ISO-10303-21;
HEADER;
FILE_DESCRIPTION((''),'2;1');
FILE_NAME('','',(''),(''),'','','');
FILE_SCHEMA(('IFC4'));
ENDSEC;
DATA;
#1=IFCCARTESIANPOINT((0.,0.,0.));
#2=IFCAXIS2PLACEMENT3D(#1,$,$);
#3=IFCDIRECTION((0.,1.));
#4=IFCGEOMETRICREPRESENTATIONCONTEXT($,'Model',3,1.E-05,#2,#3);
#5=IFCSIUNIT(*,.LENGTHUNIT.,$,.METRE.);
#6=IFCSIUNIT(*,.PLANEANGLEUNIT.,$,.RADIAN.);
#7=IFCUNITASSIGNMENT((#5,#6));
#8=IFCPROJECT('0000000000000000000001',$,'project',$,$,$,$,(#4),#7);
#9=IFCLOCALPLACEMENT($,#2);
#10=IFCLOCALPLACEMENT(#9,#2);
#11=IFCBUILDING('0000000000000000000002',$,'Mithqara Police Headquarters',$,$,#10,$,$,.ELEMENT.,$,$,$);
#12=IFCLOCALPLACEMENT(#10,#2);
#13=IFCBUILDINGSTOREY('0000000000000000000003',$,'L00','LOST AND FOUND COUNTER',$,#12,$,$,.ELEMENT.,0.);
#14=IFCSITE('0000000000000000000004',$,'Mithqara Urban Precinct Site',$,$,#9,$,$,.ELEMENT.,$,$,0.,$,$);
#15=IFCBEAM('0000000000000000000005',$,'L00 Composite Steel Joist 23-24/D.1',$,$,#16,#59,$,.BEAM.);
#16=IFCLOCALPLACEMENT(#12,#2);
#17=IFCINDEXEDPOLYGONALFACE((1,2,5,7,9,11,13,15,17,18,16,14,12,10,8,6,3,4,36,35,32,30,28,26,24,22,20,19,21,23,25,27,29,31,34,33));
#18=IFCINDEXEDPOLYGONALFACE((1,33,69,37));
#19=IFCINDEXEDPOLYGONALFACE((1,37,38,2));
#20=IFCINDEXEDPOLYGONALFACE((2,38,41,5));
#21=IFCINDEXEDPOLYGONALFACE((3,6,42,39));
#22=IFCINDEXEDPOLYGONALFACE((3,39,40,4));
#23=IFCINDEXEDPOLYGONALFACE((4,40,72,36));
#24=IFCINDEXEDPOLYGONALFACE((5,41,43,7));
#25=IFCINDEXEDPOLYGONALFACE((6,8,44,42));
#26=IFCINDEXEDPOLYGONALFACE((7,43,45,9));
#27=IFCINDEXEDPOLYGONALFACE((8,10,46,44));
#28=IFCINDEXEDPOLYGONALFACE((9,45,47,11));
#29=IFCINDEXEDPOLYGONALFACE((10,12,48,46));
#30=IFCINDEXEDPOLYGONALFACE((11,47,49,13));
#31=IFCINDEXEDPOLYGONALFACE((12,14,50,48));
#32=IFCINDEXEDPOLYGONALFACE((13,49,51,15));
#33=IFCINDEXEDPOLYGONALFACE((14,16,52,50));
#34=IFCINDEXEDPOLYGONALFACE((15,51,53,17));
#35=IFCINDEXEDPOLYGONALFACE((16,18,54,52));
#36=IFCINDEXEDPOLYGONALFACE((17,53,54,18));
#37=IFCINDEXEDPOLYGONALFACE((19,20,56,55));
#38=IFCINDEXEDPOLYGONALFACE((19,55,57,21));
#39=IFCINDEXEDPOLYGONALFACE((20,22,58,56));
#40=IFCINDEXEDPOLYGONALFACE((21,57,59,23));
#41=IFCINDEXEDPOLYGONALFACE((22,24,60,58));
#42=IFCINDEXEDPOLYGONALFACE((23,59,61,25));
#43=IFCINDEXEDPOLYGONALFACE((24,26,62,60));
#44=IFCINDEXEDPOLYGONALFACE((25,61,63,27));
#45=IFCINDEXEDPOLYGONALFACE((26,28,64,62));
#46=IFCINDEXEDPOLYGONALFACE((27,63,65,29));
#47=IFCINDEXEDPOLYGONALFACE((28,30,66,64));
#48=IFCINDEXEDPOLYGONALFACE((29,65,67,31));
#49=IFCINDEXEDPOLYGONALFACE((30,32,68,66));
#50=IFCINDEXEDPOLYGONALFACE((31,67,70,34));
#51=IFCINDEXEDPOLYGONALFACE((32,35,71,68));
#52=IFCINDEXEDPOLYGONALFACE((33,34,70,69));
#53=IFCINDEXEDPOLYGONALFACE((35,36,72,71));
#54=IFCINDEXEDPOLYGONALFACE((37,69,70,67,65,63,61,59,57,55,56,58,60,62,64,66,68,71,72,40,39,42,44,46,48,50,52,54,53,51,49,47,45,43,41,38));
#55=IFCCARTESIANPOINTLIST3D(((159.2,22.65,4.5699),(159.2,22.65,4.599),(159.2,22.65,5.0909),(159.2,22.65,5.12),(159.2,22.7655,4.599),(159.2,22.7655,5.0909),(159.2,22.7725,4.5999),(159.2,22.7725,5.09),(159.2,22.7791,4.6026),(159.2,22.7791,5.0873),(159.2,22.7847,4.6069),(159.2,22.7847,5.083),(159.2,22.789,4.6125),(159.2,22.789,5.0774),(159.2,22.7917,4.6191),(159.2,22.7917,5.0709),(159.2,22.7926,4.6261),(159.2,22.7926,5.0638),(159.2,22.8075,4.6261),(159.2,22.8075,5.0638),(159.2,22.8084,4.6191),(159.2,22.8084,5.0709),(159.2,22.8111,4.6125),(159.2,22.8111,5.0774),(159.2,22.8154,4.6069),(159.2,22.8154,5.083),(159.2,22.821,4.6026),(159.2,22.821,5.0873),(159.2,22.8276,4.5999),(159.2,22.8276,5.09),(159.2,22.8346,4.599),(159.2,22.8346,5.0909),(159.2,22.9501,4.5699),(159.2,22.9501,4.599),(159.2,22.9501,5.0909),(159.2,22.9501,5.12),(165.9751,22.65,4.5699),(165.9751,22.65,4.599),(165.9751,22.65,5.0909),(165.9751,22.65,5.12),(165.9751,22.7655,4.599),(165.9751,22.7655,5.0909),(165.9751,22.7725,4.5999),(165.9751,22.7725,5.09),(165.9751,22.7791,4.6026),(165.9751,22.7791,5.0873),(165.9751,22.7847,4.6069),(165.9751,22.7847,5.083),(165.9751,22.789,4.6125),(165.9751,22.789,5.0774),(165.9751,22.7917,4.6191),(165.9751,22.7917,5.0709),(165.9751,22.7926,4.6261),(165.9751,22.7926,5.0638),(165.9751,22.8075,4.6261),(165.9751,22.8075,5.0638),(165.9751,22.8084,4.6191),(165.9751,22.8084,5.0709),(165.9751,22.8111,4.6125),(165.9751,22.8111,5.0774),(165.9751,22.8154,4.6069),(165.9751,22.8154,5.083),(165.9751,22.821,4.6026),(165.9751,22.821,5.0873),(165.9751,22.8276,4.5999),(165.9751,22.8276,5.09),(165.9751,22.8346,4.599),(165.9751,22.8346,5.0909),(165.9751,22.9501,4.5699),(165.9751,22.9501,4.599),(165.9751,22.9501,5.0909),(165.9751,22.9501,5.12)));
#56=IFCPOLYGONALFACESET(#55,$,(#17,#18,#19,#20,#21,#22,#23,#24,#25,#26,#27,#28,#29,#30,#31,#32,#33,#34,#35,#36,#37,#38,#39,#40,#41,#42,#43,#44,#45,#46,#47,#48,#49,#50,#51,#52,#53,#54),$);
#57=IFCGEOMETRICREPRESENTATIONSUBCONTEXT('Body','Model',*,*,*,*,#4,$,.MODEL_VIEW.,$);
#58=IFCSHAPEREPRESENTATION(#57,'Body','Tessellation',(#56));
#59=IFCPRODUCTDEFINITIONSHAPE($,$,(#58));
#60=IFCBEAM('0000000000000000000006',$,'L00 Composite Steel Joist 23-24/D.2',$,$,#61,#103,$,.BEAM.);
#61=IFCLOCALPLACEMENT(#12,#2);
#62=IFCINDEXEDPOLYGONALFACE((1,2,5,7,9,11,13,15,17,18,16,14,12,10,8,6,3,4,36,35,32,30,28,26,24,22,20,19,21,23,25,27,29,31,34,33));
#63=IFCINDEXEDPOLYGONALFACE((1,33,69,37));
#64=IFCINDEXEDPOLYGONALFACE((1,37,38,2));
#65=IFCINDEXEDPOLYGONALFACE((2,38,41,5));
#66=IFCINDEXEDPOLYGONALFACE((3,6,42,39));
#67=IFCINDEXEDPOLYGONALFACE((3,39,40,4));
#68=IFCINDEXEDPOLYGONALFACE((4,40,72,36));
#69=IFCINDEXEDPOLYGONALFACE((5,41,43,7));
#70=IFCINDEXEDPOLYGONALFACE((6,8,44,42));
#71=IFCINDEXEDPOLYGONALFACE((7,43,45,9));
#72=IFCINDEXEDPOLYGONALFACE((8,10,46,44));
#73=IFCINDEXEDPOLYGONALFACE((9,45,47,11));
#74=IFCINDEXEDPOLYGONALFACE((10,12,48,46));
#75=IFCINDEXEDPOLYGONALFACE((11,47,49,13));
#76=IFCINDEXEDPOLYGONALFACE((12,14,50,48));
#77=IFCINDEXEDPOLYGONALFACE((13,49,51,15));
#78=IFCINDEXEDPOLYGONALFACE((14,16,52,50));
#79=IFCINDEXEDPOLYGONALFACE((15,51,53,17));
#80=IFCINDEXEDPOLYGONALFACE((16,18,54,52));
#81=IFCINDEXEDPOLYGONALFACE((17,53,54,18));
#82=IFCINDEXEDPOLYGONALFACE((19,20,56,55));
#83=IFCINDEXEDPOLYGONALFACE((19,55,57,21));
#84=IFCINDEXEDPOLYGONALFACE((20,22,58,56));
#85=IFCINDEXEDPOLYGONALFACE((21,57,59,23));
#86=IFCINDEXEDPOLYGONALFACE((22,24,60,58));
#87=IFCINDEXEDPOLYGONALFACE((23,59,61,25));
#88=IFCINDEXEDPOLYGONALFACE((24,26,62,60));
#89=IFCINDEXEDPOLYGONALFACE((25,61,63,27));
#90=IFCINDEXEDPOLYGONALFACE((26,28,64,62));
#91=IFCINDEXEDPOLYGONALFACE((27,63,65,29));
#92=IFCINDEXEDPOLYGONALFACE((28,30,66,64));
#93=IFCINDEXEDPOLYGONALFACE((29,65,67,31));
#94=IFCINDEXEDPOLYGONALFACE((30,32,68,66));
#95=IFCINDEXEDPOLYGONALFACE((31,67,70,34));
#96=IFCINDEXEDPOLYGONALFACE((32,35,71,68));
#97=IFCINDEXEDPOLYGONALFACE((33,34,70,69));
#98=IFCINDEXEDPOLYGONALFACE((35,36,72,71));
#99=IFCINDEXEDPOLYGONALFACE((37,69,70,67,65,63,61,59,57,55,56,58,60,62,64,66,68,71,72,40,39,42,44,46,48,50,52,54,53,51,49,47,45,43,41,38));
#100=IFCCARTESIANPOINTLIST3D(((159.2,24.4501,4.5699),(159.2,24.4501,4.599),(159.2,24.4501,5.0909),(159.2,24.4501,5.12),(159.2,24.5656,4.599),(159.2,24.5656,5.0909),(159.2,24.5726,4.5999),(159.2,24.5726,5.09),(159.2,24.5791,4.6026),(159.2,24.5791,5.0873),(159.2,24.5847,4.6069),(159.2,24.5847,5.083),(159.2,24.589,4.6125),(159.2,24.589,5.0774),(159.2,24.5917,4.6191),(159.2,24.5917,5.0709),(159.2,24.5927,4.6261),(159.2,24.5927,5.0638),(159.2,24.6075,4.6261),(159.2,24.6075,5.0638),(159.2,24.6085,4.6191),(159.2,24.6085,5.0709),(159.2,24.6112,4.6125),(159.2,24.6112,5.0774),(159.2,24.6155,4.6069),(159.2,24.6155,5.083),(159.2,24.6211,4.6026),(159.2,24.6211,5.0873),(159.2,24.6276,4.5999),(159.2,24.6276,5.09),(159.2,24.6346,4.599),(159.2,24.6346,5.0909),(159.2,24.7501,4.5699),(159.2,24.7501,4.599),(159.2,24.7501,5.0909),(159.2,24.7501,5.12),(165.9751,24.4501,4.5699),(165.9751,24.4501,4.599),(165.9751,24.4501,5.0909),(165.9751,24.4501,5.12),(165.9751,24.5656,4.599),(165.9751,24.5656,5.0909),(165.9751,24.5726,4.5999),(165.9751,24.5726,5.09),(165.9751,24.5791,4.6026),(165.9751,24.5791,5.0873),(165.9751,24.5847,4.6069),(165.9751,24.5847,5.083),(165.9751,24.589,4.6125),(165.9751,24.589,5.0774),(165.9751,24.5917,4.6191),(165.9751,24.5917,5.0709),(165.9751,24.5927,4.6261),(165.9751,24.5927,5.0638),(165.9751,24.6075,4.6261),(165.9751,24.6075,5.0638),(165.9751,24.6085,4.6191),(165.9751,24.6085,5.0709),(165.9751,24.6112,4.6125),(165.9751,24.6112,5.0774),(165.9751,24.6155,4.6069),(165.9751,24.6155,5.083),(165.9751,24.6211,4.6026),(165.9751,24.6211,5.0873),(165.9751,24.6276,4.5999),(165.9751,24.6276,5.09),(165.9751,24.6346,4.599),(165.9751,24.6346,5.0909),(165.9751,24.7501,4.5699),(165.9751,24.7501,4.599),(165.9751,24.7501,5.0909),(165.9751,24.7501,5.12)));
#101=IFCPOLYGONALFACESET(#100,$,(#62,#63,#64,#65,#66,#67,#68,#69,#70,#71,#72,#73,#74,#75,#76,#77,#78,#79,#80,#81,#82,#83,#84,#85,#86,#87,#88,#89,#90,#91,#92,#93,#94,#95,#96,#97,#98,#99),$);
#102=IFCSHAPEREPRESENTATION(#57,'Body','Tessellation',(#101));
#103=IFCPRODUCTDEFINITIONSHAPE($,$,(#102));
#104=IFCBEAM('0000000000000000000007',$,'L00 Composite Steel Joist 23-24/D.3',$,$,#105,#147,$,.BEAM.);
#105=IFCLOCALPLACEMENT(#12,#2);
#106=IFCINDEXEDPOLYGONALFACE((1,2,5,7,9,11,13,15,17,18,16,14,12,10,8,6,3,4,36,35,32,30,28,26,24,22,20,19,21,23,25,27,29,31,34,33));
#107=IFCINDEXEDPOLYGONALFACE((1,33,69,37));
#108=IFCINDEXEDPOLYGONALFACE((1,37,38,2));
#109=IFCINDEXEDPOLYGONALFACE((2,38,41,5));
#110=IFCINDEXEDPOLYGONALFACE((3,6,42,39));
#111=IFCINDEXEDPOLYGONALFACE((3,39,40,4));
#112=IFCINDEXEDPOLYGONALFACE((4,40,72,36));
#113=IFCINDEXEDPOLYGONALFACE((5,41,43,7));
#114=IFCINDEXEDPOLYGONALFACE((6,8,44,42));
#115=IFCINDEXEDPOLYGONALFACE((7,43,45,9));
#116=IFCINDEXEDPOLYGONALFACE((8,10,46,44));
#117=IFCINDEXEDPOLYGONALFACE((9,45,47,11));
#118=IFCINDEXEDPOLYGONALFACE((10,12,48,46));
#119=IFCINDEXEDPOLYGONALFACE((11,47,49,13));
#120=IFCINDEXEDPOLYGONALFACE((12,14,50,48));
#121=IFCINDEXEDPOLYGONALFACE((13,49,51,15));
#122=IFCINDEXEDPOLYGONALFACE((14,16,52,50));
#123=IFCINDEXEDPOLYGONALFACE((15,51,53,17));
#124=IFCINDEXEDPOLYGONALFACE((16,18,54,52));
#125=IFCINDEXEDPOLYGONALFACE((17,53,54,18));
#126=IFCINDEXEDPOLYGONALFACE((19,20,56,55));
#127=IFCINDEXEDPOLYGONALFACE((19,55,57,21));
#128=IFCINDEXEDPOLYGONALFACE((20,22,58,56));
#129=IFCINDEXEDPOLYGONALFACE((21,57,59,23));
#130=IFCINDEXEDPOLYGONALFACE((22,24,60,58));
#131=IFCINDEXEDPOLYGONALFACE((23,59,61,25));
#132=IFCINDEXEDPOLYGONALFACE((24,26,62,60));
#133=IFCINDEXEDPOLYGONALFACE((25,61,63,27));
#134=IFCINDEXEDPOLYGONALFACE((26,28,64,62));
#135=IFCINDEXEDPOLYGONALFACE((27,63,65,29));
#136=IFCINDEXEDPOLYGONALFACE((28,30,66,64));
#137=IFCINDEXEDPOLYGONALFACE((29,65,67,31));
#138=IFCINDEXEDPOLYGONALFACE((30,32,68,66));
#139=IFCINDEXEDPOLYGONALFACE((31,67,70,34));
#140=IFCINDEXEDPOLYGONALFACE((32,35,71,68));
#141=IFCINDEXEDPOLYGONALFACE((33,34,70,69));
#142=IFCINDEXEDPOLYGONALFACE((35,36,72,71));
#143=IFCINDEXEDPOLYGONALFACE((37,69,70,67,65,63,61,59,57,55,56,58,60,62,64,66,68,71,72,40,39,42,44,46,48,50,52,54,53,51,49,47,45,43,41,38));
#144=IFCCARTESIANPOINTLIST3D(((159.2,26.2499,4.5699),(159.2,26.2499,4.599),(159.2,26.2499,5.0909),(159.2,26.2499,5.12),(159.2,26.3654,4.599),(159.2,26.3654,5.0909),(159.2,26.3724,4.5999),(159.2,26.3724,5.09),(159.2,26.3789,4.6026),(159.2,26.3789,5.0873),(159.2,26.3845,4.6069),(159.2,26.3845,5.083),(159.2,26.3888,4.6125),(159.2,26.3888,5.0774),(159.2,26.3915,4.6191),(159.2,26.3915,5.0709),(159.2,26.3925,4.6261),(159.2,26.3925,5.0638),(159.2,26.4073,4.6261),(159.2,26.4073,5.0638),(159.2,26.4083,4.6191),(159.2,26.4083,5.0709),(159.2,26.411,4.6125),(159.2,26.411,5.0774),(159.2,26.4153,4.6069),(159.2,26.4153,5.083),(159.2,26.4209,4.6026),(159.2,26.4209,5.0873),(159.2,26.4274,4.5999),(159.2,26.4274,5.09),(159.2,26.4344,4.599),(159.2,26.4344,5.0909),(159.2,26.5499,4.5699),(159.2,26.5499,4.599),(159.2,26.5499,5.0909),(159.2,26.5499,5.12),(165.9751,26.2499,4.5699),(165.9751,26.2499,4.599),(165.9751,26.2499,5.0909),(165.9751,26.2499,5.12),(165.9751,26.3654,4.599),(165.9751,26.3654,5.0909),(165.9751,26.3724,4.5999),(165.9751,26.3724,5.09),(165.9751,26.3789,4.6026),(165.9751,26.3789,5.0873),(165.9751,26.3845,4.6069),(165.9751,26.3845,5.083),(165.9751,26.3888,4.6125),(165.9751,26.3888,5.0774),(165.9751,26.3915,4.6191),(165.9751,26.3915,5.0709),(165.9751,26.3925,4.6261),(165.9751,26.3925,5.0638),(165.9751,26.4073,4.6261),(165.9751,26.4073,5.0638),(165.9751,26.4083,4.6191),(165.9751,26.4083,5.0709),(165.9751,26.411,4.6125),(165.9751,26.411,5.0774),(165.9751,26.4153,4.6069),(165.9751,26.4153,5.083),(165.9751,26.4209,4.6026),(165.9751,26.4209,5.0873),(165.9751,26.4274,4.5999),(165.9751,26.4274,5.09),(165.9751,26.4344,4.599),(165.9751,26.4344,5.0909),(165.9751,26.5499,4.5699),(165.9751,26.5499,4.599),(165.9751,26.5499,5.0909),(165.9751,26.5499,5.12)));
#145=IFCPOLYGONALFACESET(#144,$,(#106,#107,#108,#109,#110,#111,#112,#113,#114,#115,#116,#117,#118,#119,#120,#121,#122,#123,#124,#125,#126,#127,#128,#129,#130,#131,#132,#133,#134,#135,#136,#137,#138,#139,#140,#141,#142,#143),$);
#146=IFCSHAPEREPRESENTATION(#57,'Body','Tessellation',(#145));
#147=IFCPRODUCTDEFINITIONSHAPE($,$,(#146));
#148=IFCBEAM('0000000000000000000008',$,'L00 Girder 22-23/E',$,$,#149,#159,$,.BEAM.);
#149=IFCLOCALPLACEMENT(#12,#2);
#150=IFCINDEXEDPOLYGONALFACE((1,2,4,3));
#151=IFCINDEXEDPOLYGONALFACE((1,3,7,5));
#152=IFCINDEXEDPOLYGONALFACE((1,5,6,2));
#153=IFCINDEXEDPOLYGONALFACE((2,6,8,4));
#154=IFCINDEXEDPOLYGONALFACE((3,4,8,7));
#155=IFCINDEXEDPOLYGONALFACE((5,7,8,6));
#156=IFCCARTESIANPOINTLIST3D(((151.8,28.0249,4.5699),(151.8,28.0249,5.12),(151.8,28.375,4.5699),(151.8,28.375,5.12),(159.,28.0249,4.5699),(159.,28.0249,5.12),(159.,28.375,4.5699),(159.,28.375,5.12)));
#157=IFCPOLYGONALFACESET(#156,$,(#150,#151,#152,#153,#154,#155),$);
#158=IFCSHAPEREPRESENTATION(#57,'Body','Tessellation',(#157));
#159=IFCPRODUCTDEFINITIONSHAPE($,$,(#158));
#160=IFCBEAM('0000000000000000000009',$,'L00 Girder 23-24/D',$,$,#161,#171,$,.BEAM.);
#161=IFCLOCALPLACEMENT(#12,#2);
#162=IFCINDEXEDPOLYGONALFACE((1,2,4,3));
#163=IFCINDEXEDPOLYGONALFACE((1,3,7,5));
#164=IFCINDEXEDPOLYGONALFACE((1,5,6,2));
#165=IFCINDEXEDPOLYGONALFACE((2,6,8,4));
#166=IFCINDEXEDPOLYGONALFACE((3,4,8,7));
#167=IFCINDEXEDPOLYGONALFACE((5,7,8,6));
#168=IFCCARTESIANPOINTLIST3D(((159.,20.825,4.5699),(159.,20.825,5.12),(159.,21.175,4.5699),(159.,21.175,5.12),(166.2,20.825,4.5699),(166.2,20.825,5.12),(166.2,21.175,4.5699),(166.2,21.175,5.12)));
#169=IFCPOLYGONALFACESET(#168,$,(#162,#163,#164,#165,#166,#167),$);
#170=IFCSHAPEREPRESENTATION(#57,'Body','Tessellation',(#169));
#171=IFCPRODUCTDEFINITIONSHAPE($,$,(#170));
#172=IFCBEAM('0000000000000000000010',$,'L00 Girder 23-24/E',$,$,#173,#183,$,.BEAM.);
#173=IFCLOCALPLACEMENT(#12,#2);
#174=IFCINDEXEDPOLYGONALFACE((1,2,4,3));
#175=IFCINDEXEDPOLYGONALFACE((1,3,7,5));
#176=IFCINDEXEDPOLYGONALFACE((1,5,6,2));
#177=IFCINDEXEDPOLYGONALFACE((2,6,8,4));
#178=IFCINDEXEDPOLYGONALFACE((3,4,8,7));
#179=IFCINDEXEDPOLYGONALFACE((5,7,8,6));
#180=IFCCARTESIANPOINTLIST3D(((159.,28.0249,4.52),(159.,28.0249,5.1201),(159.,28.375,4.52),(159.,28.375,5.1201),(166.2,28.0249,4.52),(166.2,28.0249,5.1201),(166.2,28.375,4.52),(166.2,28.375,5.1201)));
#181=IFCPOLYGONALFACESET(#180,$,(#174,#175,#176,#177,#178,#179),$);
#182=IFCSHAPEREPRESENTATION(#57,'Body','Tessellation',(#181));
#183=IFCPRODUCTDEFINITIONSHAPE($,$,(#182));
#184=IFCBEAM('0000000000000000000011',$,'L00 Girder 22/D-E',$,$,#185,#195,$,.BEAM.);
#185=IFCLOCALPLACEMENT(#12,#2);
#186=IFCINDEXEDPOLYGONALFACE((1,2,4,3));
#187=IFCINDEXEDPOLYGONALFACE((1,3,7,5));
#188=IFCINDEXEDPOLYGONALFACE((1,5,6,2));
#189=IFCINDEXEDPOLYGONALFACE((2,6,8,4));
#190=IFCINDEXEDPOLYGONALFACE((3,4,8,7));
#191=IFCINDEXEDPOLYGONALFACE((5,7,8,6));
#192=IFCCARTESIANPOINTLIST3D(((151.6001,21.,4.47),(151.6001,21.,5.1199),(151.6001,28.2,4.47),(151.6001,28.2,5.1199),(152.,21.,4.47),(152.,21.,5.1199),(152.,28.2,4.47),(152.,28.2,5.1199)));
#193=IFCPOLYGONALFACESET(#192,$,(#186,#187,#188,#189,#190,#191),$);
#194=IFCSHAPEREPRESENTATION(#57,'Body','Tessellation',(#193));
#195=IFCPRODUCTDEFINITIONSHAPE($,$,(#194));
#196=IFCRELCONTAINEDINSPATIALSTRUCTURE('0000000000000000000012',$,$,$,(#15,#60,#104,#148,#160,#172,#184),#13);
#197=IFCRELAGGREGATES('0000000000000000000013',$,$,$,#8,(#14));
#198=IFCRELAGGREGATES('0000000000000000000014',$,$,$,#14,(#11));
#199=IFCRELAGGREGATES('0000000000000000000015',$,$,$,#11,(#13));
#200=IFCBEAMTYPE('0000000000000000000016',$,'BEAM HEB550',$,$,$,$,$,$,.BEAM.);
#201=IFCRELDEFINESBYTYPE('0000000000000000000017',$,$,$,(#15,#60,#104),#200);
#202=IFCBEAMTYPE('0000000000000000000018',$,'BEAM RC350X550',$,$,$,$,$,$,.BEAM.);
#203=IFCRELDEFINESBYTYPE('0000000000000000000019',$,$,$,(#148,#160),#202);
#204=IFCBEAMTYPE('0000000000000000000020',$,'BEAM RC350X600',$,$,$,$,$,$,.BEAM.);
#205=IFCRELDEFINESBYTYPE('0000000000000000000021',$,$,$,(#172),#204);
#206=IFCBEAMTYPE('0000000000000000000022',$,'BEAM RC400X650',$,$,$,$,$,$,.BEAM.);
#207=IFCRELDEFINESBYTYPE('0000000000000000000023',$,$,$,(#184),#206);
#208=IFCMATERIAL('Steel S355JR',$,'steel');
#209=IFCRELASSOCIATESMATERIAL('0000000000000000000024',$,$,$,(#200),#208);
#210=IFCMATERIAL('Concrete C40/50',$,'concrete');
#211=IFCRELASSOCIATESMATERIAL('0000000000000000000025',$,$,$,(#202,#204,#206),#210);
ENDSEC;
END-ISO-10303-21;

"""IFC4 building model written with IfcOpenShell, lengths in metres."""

from ifc_helpers import new_model, si_unit, direction, frame, origin, origin_2d, place, context, subcontext, project, spatial, rectangle, i_section, extrude, material, material_profile, profile_set, type_object, element, save


model = new_model("IFC4")

# Units and contexts
model_context = context("Model", 3, precision=1e-05, world=origin(), true_north=direction((0.0, 1.0)))
body_context = subcontext(model_context, "Body", "Model", "MODEL_VIEW")
ifc_project = project(units=[si_unit("LENGTHUNIT", "METRE"), si_unit("PLANEANGLEUNIT", "RADIAN")], contexts=[model_context])

# Site, building, storey
site_placement = place(None, origin())
site = spatial("IfcSite", under=ifc_project, at=site_placement, Name="Mithqara Urban Precinct Site", CompositionType="ELEMENT", RefElevation=0.0)
building_placement = place(site_placement, origin())
building = spatial("IfcBuilding", under=site, at=building_placement, Name="Mithqara Police Headquarters", CompositionType="ELEMENT")
storey_placement = place(building_placement, origin())
storey = spatial("IfcBuildingStorey", under=building, at=storey_placement, Name="L00", Description="LOST AND FOUND COUNTER", CompositionType="ELEMENT", Elevation=0.0)

# Shared definitions
ifc_material_1 = material(Name="Concrete C40/50", Category="concrete")

# Beams
ifc_material_2 = material(Name="Steel S355JR", Category="steel")
ifc_material_profile_1 = material_profile(ifc_material_2, i_section(OverallWidth=0.3, OverallDepth=0.55, WebThickness=0.0149, FlangeThickness=0.0291, FilletRadius=0.0271, at=origin_2d()), Name="HEB 550")
ifc_profile_set_1 = profile_set([ifc_material_profile_1], Name="Steel S355JR")
beam_type_1 = type_object("IfcBeamType", Name="BEAM HEB550", PredefinedType="BEAM", material=ifc_profile_set_1)
for number, where, z_axis, x_axis, name in (
    (1, (159.2, 22.8, 4.845), (1.0, 0.0, 0.0), (0.0, 1.0, 0.0), "L00 Composite Steel Joist 23-24/D.1"),
    (2, (159.2, 24.6001, 4.845), (1.0, 0.0, 0.0), (0.0, 1.0, 0.0), "L00 Composite Steel Joist 23-24/D.2"),
    (3, (159.2, 26.3999, 4.845), (1.0, 0.0, 0.0), (0.0, 1.0, 0.0), "L00 Composite Steel Joist 23-24/D.3"),
):
    element("IfcBeam", number, at=place(storey_placement, frame(where, z_axis=z_axis, x_axis=x_axis)), inside=storey, type_object=beam_type_1, Name=name, PredefinedType="BEAM", context=body_context, shape_type="SweptSolid", body=[
        extrude(i_section(OverallWidth=0.3, OverallDepth=0.55, WebThickness=0.0149, FlangeThickness=0.0291, FilletRadius=0.0271, at=origin_2d()), origin(), (0.0, 0.0, 1.0), 6.7751),
    ])
ifc_material_profile_2 = material_profile(ifc_material_1, rectangle(XDim=0.3501, YDim=0.55, at=origin_2d()), Name="RC 350x550")
ifc_profile_set_2 = profile_set([ifc_material_profile_2], Name="Concrete C40/50")
beam_type_2 = type_object("IfcBeamType", Name="BEAM RC350X550", PredefinedType="BEAM", material=ifc_profile_set_2)
for number, where, z_axis, x_axis, name in (
    (4, (151.8, 28.2, 4.845), (1.0, 0.0, 0.0), (0.0, 1.0, 0.0), "L00 Girder 22-23/E"),
    (5, (159.0, 21.0, 4.845), (1.0, 0.0, 0.0), (0.0, 1.0, 0.0), "L00 Girder 23-24/D"),
):
    element("IfcBeam", number, at=place(storey_placement, frame(where, z_axis=z_axis, x_axis=x_axis)), inside=storey, type_object=beam_type_2, Name=name, PredefinedType="BEAM", context=body_context, shape_type="SweptSolid", body=[
        extrude(rectangle(XDim=0.3501, YDim=0.55, at=origin_2d()), origin(), (0.0, 0.0, 1.0), 7.2),
    ])
ifc_material_profile_3 = material_profile(ifc_material_1, rectangle(XDim=0.3501, YDim=0.6001, at=origin_2d()), Name="RC 350x600")
ifc_profile_set_3 = profile_set([ifc_material_profile_3], Name="Concrete C40/50")
beam_type_3 = type_object("IfcBeamType", Name="BEAM RC350X600", PredefinedType="BEAM", material=ifc_profile_set_3)
beam_1_placement = place(storey_placement, frame((159.0, 28.2, 4.8201), z_axis=(1.0, 0.0, 0.0), x_axis=(0.0, 1.0, 0.0)))
element("IfcBeam", 6, at=beam_1_placement, inside=storey, type_object=beam_type_3, Name="L00 Girder 23-24/E", PredefinedType="BEAM", context=body_context, shape_type="SweptSolid", body=[
    extrude(rectangle(XDim=0.3501, YDim=0.6001, at=origin_2d()), origin(), (0.0, 0.0, 1.0), 7.2),
])
ifc_material_profile_4 = material_profile(ifc_material_1, rectangle(XDim=0.3999, YDim=0.6499, at=origin_2d()), Name="RC 400x650")
ifc_profile_set_4 = profile_set([ifc_material_profile_4], Name="Concrete C40/50")
beam_type_4 = type_object("IfcBeamType", Name="BEAM RC400X650", PredefinedType="BEAM", material=ifc_profile_set_4)
beam_2_placement = place(storey_placement, frame((151.8, 21.0, 4.7949), z_axis=(0.0, 1.0, 0.0), x_axis=(-1.0, 0.0, 0.0)))
element("IfcBeam", 7, at=beam_2_placement, inside=storey, type_object=beam_type_4, Name="L00 Girder 22/D-E", PredefinedType="BEAM", context=body_context, shape_type="SweptSolid", body=[
    extrude(rectangle(XDim=0.3999, YDim=0.6499, at=origin_2d()), origin(), (0.0, 0.0, 1.0), 7.2),
])

save(model, "model.ifc")
